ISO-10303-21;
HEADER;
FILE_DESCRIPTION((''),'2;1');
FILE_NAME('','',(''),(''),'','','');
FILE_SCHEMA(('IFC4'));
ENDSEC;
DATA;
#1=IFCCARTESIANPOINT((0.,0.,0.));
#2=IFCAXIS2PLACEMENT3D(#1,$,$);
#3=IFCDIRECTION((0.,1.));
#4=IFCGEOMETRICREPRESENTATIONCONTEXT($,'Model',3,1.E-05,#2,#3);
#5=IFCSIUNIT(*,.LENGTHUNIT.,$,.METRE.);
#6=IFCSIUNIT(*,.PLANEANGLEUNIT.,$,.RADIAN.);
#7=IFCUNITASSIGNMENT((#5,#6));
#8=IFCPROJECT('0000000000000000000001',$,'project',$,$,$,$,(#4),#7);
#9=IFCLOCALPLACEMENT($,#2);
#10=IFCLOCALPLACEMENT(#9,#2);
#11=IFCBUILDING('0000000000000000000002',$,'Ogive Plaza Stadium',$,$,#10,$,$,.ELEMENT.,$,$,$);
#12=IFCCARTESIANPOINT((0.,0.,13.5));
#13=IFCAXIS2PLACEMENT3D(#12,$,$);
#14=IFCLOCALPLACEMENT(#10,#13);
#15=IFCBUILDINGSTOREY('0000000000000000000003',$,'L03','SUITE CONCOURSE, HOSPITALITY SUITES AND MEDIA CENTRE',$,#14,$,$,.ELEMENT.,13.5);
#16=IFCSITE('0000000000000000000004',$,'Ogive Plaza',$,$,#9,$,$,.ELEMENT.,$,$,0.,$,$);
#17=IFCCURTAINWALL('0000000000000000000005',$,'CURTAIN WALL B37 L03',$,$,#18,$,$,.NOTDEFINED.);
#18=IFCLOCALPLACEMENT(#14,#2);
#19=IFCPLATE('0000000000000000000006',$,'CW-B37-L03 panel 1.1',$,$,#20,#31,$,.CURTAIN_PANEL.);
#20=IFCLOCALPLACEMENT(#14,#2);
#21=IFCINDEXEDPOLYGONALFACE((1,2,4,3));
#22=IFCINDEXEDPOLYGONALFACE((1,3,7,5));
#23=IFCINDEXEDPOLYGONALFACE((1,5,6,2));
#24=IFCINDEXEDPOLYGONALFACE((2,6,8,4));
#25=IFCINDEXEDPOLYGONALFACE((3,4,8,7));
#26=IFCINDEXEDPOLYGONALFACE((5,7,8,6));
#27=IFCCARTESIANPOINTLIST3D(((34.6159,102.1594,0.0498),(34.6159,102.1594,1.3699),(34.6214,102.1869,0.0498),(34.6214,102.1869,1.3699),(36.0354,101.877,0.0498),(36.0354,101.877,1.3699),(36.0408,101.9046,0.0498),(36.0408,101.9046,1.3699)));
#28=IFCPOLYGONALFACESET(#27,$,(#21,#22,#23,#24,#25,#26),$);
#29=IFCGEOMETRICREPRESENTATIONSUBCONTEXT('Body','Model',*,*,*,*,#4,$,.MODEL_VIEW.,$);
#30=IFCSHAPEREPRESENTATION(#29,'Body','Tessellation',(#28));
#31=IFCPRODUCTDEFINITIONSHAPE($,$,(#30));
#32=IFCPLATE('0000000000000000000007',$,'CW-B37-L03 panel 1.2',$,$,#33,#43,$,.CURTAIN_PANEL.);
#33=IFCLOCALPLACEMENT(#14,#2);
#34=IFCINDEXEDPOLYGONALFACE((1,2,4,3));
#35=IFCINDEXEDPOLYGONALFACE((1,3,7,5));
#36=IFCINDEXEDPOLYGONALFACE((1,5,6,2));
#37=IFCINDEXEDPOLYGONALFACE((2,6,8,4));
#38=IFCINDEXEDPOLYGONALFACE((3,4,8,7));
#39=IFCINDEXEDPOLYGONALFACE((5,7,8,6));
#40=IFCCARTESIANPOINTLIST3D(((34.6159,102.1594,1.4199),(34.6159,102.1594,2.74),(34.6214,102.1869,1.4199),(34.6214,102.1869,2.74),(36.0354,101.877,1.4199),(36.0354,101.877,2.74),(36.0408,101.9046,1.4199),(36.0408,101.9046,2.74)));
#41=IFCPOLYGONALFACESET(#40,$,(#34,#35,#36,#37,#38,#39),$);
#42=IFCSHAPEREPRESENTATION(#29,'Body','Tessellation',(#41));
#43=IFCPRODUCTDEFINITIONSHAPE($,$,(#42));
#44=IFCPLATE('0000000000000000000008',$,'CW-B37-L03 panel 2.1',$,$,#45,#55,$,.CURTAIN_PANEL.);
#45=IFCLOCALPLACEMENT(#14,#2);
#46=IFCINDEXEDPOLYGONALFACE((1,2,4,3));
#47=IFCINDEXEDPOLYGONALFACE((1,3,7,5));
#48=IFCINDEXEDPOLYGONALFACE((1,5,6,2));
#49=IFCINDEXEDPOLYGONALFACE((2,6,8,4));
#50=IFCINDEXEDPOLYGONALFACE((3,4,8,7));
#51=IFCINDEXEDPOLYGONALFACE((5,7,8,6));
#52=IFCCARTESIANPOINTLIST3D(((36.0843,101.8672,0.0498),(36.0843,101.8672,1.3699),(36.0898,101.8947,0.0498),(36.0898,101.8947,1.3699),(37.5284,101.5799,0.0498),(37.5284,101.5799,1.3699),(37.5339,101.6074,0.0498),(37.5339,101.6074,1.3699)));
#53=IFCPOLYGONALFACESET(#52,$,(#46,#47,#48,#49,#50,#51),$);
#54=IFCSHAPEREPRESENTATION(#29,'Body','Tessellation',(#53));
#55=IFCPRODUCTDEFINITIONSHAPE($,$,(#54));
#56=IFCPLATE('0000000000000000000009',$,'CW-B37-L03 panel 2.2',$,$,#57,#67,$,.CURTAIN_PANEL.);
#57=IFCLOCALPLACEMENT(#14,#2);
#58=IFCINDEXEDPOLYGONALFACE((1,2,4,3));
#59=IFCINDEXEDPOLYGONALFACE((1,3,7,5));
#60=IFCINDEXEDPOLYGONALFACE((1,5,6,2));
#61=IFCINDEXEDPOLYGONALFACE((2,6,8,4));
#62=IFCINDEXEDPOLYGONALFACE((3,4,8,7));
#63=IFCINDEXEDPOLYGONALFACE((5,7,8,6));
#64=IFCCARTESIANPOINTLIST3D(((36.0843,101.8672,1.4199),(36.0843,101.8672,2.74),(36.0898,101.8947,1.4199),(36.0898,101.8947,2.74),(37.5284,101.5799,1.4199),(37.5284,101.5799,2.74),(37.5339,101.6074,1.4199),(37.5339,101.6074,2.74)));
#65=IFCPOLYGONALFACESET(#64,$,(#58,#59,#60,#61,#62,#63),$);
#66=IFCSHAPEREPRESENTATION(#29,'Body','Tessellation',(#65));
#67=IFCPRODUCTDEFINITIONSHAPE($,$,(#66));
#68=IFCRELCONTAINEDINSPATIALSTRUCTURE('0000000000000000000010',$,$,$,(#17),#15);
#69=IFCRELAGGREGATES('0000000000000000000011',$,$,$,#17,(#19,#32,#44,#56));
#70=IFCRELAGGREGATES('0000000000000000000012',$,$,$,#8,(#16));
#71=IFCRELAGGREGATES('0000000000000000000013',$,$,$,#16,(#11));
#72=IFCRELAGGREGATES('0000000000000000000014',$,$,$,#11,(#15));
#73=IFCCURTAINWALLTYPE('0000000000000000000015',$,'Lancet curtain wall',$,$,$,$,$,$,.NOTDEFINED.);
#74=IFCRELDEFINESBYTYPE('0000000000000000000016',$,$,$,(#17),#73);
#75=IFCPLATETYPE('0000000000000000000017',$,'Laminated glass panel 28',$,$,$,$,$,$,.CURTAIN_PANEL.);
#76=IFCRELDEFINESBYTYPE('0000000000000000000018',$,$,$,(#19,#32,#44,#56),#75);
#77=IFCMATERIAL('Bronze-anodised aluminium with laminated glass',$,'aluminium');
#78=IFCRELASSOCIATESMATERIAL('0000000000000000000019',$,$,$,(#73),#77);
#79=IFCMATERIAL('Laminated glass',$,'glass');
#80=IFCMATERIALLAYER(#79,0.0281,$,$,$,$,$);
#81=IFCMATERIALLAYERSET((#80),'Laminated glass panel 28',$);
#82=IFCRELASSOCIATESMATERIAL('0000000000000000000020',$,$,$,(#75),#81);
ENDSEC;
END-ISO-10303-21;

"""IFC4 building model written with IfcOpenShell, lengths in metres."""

from ifc_helpers import new_model, si_unit, direction, frame, origin, origin_2d, place, context, subcontext, project, spatial, rectangle, extrude, material, layer, layer_set, type_object, element, aggregate, save


model = new_model("IFC4")

# Units and contexts
model_context = context("Model", 3, precision=1e-05, world=origin(), true_north=direction((0.0, 1.0)))
body_context = subcontext(model_context, "Body", "Model", "MODEL_VIEW")
ifc_project = project(units=[si_unit("LENGTHUNIT", "METRE"), si_unit("PLANEANGLEUNIT", "RADIAN")], contexts=[model_context])

# Site, building, storey
site_placement = place(None, origin())
site = spatial("IfcSite", under=ifc_project, at=site_placement, Name="Ogive Plaza", CompositionType="ELEMENT", RefElevation=0.0)
building_placement = place(site_placement, origin())
building = spatial("IfcBuilding", under=site, at=building_placement, Name="Ogive Plaza Stadium", CompositionType="ELEMENT")
storey_placement = place(building_placement, frame((0.0, 0.0, 13.5)))
storey = spatial("IfcBuildingStorey", under=building, at=storey_placement, Name="L03", Description="SUITE CONCOURSE, HOSPITALITY SUITES AND MEDIA CENTRE", CompositionType="ELEMENT", Elevation=13.5)

# Curtain wall
ifc_material_1 = material(Name="Bronze-anodised aluminium with laminated glass", Category="aluminium")
curtain_wall_type = type_object("IfcCurtainWallType", Name="Lancet curtain wall", PredefinedType="NOTDEFINED", material=ifc_material_1)
curtain_wall_1_placement = place(storey_placement, origin())
curtain_wall_1 = element("IfcCurtainWall", 1, at=curtain_wall_1_placement, inside=storey, type_object=curtain_wall_type, Name="CURTAIN WALL B37 L03", PredefinedType="NOTDEFINED")

# Plates
ifc_material_2 = material(Name="Laminated glass", Category="glass")
ifc_layer = layer(ifc_material_2, 0.0281)
ifc_layer_set = layer_set([ifc_layer], Name="Laminated glass panel 28")
plate_type = type_object("IfcPlateType", Name="Laminated glass panel 28", PredefinedType="CURTAIN_PANEL", material=ifc_layer_set)
plate_1_placement = place(storey_placement, frame((35.3284, 102.032, 0.0498), z_axis=(0.0, 0.0, 1.0), x_axis=(0.980785, -0.19509, 0.0)))
plate_1 = element("IfcPlate", 2, at=plate_1_placement, type_object=plate_type, Name="CW-B37-L03 panel 1.1", PredefinedType="CURTAIN_PANEL", context=body_context, shape_type="SweptSolid", body=[
    extrude(rectangle(XDim=1.4473, YDim=0.0281, at=origin_2d()), origin(), (0.0, 0.0, 1.0), 1.3201),
])
plate_2_placement = place(storey_placement, frame((35.3284, 102.032, 1.4199), z_axis=(0.0, 0.0, 1.0), x_axis=(0.980785, -0.19509, 0.0)))
plate_2 = element("IfcPlate", 3, at=plate_2_placement, type_object=plate_type, Name="CW-B37-L03 panel 1.2", PredefinedType="CURTAIN_PANEL", context=body_context, shape_type="SweptSolid", body=[
    extrude(rectangle(XDim=1.4473, YDim=0.0281, at=origin_2d()), origin(), (0.0, 0.0, 1.0), 1.3201),
])
plate_3_placement = place(storey_placement, frame((36.8091, 101.7373, 0.0498), z_axis=(0.0, 0.0, 1.0), x_axis=(0.980785, -0.19509, 0.0)))
plate_3 = element("IfcPlate", 4, at=plate_3_placement, type_object=plate_type, Name="CW-B37-L03 panel 2.1", PredefinedType="CURTAIN_PANEL", context=body_context, shape_type="SweptSolid", body=[
    extrude(rectangle(XDim=1.4724, YDim=0.0281, at=origin_2d()), origin(), (0.0, 0.0, 1.0), 1.3201),
])
plate_4_placement = place(storey_placement, frame((36.8091, 101.7373, 1.4199), z_axis=(0.0, 0.0, 1.0), x_axis=(0.980785, -0.19509, 0.0)))
plate_4 = element("IfcPlate", 5, at=plate_4_placement, type_object=plate_type, Name="CW-B37-L03 panel 2.2", PredefinedType="CURTAIN_PANEL", context=body_context, shape_type="SweptSolid", body=[
    extrude(rectangle(XDim=1.4724, YDim=0.0281, at=origin_2d()), origin(), (0.0, 0.0, 1.0), 1.3201),
])
aggregate(curtain_wall_1, [plate_1, plate_2, plate_3, plate_4])

save(model, "model.ifc")
